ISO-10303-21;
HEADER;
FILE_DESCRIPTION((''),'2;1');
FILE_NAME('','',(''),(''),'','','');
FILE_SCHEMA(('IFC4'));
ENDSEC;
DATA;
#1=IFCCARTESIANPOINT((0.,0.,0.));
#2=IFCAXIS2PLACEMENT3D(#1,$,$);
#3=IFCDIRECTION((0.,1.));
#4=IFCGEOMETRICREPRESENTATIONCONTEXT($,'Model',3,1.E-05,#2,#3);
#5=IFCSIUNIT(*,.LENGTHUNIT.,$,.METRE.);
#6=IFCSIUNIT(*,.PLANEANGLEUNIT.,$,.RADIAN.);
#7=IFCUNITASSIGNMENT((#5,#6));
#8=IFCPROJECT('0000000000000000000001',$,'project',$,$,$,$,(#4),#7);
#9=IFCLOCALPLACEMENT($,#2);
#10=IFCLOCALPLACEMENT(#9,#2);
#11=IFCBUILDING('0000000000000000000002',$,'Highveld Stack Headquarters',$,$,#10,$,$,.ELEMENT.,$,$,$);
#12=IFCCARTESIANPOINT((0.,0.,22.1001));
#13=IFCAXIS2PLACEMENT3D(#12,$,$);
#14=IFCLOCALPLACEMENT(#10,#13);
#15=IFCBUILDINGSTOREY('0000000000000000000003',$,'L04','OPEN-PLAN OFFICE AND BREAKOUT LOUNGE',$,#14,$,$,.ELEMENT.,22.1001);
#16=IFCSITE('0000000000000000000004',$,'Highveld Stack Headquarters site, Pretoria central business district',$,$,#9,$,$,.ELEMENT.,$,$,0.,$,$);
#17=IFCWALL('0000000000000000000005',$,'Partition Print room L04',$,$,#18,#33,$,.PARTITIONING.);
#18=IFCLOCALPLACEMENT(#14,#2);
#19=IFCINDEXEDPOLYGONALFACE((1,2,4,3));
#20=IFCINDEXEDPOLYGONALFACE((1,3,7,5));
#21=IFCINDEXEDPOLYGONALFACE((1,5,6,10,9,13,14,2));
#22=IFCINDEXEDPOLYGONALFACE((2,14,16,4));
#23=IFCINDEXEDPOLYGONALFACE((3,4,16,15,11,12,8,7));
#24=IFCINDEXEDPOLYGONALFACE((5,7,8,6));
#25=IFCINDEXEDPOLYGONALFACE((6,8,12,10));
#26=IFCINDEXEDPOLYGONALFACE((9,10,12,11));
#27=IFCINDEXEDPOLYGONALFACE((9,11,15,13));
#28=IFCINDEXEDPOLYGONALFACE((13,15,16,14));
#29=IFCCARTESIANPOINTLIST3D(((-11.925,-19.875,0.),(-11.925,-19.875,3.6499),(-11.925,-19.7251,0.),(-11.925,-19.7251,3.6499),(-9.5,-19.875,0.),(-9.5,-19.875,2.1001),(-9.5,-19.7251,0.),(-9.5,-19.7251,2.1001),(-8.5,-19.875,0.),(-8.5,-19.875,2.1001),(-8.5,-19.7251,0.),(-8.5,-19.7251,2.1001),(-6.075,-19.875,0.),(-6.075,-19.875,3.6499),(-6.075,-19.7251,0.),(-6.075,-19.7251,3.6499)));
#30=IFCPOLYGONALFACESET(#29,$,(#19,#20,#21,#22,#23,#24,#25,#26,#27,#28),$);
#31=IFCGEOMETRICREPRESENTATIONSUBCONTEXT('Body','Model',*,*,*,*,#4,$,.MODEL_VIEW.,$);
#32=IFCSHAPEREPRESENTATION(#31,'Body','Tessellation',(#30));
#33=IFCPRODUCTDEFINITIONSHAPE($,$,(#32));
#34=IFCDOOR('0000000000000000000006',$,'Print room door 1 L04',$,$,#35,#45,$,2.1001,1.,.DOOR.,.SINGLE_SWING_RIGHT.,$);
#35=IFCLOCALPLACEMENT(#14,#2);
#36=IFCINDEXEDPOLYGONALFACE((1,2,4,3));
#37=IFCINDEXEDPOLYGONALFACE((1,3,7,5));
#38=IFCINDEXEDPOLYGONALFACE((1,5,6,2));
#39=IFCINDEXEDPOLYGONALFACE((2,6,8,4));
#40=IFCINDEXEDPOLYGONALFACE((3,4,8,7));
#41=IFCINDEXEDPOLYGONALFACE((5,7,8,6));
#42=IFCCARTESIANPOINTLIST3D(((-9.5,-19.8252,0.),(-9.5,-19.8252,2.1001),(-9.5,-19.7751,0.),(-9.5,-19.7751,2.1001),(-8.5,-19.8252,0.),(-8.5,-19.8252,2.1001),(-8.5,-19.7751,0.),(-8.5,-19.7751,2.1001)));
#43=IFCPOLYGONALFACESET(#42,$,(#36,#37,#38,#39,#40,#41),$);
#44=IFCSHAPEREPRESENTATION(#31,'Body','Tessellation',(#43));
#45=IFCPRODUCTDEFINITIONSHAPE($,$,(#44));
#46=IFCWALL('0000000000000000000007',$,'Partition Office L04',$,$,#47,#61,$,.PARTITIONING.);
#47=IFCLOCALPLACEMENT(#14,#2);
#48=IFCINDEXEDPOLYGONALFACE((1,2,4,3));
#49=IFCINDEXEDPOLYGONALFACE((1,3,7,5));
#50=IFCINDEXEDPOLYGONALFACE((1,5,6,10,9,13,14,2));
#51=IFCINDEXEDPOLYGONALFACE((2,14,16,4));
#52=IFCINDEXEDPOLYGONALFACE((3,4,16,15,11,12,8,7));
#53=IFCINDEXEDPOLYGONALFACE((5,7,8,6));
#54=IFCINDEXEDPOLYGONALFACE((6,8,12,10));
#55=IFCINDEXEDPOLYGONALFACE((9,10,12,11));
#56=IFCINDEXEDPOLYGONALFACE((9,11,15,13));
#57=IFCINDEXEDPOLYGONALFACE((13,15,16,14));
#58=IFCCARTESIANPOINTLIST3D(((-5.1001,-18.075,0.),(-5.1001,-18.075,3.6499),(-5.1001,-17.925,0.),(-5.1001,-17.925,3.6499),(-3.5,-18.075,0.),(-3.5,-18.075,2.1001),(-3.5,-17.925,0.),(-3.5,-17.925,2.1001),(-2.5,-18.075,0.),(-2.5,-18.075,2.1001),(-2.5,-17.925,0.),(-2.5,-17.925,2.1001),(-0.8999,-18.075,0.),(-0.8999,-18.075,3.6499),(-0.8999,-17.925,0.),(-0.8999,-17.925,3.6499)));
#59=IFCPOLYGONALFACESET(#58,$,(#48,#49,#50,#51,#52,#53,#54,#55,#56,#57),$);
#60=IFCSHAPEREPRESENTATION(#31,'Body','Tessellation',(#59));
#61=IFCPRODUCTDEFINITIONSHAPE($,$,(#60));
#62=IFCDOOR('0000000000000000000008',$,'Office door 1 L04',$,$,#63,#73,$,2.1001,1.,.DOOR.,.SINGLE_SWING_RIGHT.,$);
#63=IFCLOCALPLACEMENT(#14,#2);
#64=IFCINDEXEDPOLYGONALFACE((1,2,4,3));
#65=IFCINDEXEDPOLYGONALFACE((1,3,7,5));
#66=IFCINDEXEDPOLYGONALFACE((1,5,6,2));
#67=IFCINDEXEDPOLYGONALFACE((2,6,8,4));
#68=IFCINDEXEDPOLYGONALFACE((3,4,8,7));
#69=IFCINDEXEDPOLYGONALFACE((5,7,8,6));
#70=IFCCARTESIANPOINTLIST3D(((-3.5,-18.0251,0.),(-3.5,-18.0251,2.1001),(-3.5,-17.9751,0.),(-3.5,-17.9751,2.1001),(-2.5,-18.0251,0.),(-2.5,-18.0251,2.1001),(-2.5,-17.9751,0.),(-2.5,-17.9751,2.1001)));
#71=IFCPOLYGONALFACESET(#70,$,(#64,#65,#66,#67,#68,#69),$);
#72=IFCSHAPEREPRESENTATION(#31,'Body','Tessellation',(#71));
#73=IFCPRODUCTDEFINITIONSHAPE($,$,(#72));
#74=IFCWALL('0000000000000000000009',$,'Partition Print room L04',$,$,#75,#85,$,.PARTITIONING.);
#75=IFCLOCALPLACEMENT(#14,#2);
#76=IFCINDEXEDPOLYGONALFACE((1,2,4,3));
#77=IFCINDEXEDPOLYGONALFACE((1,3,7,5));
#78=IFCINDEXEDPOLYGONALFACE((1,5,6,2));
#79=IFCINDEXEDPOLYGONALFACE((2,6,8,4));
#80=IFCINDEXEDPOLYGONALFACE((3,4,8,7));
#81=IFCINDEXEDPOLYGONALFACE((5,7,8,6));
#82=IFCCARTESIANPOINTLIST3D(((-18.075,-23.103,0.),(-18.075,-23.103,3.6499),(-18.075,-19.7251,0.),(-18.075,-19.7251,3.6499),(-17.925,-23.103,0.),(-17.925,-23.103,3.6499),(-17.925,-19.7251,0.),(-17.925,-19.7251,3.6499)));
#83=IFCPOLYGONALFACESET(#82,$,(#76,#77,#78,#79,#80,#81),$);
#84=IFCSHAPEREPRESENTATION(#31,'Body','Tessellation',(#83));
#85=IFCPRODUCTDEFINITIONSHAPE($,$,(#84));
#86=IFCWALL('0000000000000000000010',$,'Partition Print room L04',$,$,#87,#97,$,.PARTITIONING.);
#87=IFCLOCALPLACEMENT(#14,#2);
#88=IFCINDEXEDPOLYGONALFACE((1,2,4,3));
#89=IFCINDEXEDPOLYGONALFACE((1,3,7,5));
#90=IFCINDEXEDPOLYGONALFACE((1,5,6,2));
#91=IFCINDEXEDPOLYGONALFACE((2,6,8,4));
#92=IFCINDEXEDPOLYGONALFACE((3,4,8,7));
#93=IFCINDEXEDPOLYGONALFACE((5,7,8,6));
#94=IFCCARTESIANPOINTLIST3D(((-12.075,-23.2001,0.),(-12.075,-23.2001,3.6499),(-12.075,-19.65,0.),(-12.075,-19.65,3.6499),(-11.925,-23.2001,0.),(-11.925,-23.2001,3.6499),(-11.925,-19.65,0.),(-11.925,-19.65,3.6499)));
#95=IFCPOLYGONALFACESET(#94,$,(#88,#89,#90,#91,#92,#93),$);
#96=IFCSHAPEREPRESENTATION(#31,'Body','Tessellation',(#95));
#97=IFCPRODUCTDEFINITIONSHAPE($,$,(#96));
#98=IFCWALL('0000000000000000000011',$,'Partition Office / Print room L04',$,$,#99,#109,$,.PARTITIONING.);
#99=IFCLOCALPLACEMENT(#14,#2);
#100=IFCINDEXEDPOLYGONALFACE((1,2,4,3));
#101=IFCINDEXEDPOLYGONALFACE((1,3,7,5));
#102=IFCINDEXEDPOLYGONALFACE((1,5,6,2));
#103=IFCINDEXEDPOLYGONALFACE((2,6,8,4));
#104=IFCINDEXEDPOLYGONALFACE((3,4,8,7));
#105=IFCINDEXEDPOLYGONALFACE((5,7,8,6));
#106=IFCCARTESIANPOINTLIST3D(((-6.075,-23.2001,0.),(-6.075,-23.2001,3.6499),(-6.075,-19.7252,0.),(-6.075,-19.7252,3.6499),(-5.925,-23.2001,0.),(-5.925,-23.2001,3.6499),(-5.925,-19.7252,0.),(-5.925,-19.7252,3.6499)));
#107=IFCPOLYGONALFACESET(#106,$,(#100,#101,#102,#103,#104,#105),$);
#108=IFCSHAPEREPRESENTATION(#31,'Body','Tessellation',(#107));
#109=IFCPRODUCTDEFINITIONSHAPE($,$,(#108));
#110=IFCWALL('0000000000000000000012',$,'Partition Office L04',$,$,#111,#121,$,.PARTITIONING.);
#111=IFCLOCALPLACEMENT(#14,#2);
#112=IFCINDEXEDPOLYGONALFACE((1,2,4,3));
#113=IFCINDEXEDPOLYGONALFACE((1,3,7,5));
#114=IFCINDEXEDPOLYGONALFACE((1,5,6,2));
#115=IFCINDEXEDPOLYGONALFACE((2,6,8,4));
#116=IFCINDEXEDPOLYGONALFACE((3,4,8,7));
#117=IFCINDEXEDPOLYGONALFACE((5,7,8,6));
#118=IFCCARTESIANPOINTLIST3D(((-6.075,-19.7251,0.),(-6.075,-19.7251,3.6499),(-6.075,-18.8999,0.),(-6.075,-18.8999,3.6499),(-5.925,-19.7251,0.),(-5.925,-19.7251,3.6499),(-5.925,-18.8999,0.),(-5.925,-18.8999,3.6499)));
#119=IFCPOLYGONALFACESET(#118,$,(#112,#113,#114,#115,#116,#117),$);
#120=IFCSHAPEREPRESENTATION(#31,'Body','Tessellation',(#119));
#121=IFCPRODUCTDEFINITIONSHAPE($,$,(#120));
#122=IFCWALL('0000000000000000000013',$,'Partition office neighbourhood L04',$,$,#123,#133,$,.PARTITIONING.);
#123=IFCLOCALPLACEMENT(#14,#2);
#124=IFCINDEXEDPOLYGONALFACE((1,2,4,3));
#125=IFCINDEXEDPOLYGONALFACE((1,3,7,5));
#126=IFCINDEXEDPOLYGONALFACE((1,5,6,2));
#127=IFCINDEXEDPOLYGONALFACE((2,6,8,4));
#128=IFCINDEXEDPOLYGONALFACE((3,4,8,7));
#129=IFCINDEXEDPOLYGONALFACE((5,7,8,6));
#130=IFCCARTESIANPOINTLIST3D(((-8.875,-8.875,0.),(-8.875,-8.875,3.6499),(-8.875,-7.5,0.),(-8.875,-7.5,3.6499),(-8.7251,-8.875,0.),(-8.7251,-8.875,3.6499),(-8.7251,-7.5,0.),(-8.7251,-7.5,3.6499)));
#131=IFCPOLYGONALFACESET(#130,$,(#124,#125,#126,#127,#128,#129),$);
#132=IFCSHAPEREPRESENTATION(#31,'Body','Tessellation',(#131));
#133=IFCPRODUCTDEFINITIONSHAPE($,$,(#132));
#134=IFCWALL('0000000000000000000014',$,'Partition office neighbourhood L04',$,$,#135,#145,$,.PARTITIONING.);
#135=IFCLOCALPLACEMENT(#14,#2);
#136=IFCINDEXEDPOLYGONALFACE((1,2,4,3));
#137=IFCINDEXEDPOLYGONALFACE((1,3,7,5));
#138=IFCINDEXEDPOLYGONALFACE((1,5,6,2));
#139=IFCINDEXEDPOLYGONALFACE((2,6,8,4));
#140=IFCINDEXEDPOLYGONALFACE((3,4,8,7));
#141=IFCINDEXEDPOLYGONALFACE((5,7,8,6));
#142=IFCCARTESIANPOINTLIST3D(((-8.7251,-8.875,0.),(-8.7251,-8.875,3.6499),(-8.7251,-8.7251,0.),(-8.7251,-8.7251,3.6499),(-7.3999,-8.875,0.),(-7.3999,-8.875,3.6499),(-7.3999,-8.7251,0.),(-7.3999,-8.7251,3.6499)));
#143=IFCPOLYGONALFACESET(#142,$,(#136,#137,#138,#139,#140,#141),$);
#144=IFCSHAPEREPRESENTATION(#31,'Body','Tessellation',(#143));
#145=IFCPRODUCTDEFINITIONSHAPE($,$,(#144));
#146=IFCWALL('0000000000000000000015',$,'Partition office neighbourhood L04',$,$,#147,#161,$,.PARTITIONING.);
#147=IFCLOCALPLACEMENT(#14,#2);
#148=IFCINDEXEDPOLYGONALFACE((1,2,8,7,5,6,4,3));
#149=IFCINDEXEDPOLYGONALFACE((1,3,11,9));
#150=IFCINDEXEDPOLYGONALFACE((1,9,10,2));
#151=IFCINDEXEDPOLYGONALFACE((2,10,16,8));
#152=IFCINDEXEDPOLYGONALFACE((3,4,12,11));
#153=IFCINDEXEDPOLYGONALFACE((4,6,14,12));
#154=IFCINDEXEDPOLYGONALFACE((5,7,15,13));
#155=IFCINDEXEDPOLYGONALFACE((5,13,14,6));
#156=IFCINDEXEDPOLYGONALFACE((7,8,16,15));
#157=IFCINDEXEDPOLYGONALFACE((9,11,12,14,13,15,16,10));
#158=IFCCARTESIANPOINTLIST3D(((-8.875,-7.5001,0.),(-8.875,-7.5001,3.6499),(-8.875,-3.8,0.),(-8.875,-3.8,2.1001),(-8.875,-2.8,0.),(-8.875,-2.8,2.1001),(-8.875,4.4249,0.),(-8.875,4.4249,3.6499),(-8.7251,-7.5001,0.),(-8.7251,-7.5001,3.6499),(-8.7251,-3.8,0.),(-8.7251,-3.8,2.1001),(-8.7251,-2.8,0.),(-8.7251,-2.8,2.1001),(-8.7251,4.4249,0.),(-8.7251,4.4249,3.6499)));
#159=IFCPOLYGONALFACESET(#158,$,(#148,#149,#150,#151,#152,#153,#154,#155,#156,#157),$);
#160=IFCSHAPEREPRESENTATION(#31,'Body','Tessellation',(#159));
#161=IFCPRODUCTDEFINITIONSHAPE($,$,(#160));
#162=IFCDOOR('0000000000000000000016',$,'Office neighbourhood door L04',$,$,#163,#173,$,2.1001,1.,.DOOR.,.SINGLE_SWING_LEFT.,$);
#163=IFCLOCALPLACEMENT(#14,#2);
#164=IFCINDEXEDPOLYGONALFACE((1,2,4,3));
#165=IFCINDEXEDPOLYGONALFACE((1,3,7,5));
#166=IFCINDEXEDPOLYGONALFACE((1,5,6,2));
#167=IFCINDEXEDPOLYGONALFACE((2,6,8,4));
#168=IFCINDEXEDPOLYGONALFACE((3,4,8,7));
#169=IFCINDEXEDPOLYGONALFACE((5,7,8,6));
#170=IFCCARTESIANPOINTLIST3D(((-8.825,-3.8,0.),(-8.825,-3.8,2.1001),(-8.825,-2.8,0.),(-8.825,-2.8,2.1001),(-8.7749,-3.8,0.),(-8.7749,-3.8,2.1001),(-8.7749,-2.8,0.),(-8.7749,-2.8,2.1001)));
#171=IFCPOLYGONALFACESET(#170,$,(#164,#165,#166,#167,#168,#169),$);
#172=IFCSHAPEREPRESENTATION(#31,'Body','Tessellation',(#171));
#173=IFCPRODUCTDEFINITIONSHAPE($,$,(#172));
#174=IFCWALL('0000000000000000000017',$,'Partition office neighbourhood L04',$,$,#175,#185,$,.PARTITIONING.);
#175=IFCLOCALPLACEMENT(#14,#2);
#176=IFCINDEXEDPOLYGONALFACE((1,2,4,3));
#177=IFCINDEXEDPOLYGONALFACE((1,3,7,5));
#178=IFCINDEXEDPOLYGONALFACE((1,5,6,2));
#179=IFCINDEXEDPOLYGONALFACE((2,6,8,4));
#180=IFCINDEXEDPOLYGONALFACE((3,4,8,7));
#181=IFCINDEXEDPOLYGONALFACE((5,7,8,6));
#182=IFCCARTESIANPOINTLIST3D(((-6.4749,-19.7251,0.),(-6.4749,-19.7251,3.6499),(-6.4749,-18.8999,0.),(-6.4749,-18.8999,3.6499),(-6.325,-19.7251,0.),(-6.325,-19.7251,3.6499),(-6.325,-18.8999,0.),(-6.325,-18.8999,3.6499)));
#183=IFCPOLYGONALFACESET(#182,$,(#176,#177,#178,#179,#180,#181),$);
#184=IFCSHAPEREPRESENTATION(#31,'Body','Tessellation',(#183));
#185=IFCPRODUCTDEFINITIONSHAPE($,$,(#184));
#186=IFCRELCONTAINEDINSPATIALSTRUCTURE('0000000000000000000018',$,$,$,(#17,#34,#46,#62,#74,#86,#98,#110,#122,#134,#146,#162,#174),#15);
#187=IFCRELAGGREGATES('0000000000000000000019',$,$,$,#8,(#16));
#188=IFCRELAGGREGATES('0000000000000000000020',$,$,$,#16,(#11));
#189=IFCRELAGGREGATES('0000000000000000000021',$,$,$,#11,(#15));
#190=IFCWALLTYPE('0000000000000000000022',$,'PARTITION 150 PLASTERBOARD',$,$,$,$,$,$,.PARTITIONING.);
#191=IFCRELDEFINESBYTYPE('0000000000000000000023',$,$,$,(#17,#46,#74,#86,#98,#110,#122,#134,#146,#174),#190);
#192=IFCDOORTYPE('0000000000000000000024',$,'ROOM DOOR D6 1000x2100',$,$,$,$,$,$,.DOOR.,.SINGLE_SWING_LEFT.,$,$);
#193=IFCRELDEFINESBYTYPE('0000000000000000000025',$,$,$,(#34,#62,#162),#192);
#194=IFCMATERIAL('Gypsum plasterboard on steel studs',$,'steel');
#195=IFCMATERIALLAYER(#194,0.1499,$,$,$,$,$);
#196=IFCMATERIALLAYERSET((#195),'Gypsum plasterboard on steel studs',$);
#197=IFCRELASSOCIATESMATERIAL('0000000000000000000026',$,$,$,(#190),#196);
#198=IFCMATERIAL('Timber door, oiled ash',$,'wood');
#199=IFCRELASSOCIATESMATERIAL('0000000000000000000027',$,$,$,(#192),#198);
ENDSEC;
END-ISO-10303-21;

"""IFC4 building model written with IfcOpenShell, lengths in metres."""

from ifc_helpers import new_model, si_unit, direction, frame, frame_2d, origin, place, context, subcontext, project, spatial, rectangle, extrude, material, layer, layer_set, type_object, element, fill, save


model = new_model("IFC4")

# Units and contexts
model_context = context("Model", 3, precision=1e-05, world=origin(), true_north=direction((0.0, 1.0)))
body_context = subcontext(model_context, "Body", "Model", "MODEL_VIEW")
ifc_project = project(units=[si_unit("LENGTHUNIT", "METRE"), si_unit("PLANEANGLEUNIT", "RADIAN")], contexts=[model_context])

# Site, building, storey
site_placement = place(None, origin())
site = spatial("IfcSite", under=ifc_project, at=site_placement, Name="Highveld Stack Headquarters site, Pretoria central business district", CompositionType="ELEMENT", RefElevation=0.0)
building_placement = place(site_placement, origin())
building = spatial("IfcBuilding", under=site, at=building_placement, Name="Highveld Stack Headquarters", CompositionType="ELEMENT")
storey_placement = place(building_placement, frame((0.0, 0.0, 22.1001)))
storey = spatial("IfcBuildingStorey", under=building, at=storey_placement, Name="L04", Description="OPEN-PLAN OFFICE AND BREAKOUT LOUNGE", CompositionType="ELEMENT", Elevation=22.1001)

# Walls, openings, doors
ifc_material_1 = material(Name="Gypsum plasterboard on steel studs", Category="steel")
ifc_layer_1 = layer(ifc_material_1, 0.1499)
ifc_layer_set_1 = layer_set([ifc_layer_1], Name="Gypsum plasterboard on steel studs")
wall_type_1 = type_object("IfcWallType", Name="PARTITION 150 PLASTERBOARD", PredefinedType="PARTITIONING", material=ifc_layer_set_1)
ifc_material_2 = material(Name="Timber door, oiled ash", Category="wood")
door_type_1 = type_object("IfcDoorType", Name="ROOM DOOR D6 1000x2100", OperationType="SINGLE_SWING_LEFT", PredefinedType="DOOR", material=ifc_material_2)
wall_1_placement = place(storey_placement, frame((-11.925, -19.8, 0.0), z_axis=(0.0, 0.0, 1.0), x_axis=(1.0, 0.0, 0.0)))
wall_1 = element("IfcWall", 1, at=wall_1_placement, inside=storey, type_object=wall_type_1, Name="Partition Print room L04", PredefinedType="PARTITIONING", context=body_context, shape_type="SweptSolid", body=[
    extrude(rectangle(XDim=5.8501, YDim=0.1499, at=frame_2d((2.925, 0.0))), origin(), (0.0, 0.0, 1.0), 3.6499),
])
opening_1_placement = place(wall_1_placement, frame((2.425, 0.0, 0.0)))
opening_1 = element("IfcOpeningElement", 2, at=opening_1_placement, cuts=wall_1, PredefinedType="OPENING", context=body_context, shape_type="SweptSolid", body=[
    extrude(rectangle(XDim=1.0, YDim=2.1001, at=frame_2d((0.5, 1.05))), frame((0.0, 0.085, 0.0), z_axis=(0.0, -1.0, 0.0), x_axis=(1.0, 0.0, 0.0)), (0.0, 0.0, 1.0), 0.1699),
])
door_1_placement = place(opening_1_placement, origin())
door_1 = element("IfcDoor", 3, at=door_1_placement, inside=storey, type_object=door_type_1, Name="Print room door 1 L04", OperationType="SINGLE_SWING_RIGHT", OverallHeight=2.1001, OverallWidth=1.0, PredefinedType="DOOR", context=body_context, shape_type="SweptSolid", body=[
    extrude(rectangle(XDim=1.0, YDim=2.1001, at=frame_2d((0.5, 1.05))), frame((0.0, 0.0249, 0.0), z_axis=(0.0, -1.0, 0.0), x_axis=(1.0, 0.0, 0.0)), (0.0, 0.0, 1.0), 0.05),
])
fill(opening_1, door_1)
wall_2_placement = place(storey_placement, frame((-5.1001, -18.0, 0.0), z_axis=(0.0, 0.0, 1.0), x_axis=(1.0, 0.0, 0.0)))
wall_2 = element("IfcWall", 4, at=wall_2_placement, inside=storey, type_object=wall_type_1, Name="Partition Office L04", PredefinedType="PARTITIONING", context=body_context, shape_type="SweptSolid", body=[
    extrude(rectangle(XDim=4.2002, YDim=0.1499, at=frame_2d((2.1001, 0.0))), origin(), (0.0, 0.0, 1.0), 3.6499),
])
opening_2_placement = place(wall_2_placement, frame((1.6001, 0.0, 0.0)))
opening_2 = element("IfcOpeningElement", 5, at=opening_2_placement, cuts=wall_2, PredefinedType="OPENING", context=body_context, shape_type="SweptSolid", body=[
    extrude(rectangle(XDim=1.0, YDim=2.1001, at=frame_2d((0.5, 1.05))), frame((0.0, 0.085, 0.0), z_axis=(0.0, -1.0, 0.0), x_axis=(1.0, 0.0, 0.0)), (0.0, 0.0, 1.0), 0.1699),
])
door_2_placement = place(opening_2_placement, origin())
door_2 = element("IfcDoor", 6, at=door_2_placement, inside=storey, type_object=door_type_1, Name="Office door 1 L04", OperationType="SINGLE_SWING_RIGHT", OverallHeight=2.1001, OverallWidth=1.0, PredefinedType="DOOR", context=body_context, shape_type="SweptSolid", body=[
    extrude(rectangle(XDim=1.0, YDim=2.1001, at=frame_2d((0.5, 1.05))), frame((0.0, 0.0249, 0.0), z_axis=(0.0, -1.0, 0.0), x_axis=(1.0, 0.0, 0.0)), (0.0, 0.0, 1.0), 0.05),
])
fill(opening_2, door_2)

# Walls
wall_3_placement = place(storey_placement, frame((-18.0, -23.103, 0.0), z_axis=(0.0, 0.0, 1.0), x_axis=(0.0, 1.0, 0.0)))
element("IfcWall", 7, at=wall_3_placement, inside=storey, type_object=wall_type_1, Name="Partition Print room L04", PredefinedType="PARTITIONING", context=body_context, shape_type="SweptSolid", body=[
    extrude(rectangle(XDim=3.3779, YDim=0.1499, at=frame_2d((1.689, 0.0))), origin(), (0.0, 0.0, 1.0), 3.6499),
])
wall_4_placement = place(storey_placement, frame((-12.0, -23.2, 0.0), z_axis=(0.0, 0.0, 1.0), x_axis=(0.0, 1.0, 0.0)))
element("IfcWall", 8, at=wall_4_placement, inside=storey, type_object=wall_type_1, Name="Partition Print room L04", PredefinedType="PARTITIONING", context=body_context, shape_type="SweptSolid", body=[
    extrude(rectangle(XDim=3.55, YDim=0.1499, at=frame_2d((1.7749, 0.0))), origin(), (0.0, 0.0, 1.0), 3.6499),
])
wall_5_placement = place(storey_placement, frame((-6.0, -23.2, 0.0), z_axis=(0.0, 0.0, 1.0), x_axis=(0.0, 1.0, 0.0)))
element("IfcWall", 9, at=wall_5_placement, inside=storey, type_object=wall_type_1, Name="Partition Office / Print room L04", PredefinedType="PARTITIONING", context=body_context, shape_type="SweptSolid", body=[
    extrude(rectangle(XDim=3.4749, YDim=0.1499, at=frame_2d((1.7373, 0.0))), origin(), (0.0, 0.0, 1.0), 3.6499),
])
wall_6_placement = place(storey_placement, frame((-6.0, -19.7251, 0.0), z_axis=(0.0, 0.0, 1.0), x_axis=(0.0, 1.0, 0.0)))
element("IfcWall", 10, at=wall_6_placement, inside=storey, type_object=wall_type_1, Name="Partition Office L04", PredefinedType="PARTITIONING", context=body_context, shape_type="SweptSolid", body=[
    extrude(rectangle(XDim=0.8252, YDim=0.1499, at=frame_2d((0.4126, 0.0))), origin(), (0.0, 0.0, 1.0), 3.6499),
])
wall_7_placement = place(storey_placement, frame((-8.8, -8.875, 0.0), z_axis=(0.0, 0.0, 1.0), x_axis=(0.0, 1.0, 0.0)))
element("IfcWall", 11, at=wall_7_placement, inside=storey, type_object=wall_type_1, Name="Partition office neighbourhood L04", PredefinedType="PARTITIONING", context=body_context, shape_type="SweptSolid", body=[
    extrude(rectangle(XDim=1.375, YDim=0.1499, at=frame_2d((0.6875, 0.0))), origin(), (0.0, 0.0, 1.0), 3.6499),
])
wall_8_placement = place(storey_placement, frame((-8.7251, -8.8, 0.0), z_axis=(0.0, 0.0, 1.0), x_axis=(1.0, 0.0, 0.0)))
element("IfcWall", 12, at=wall_8_placement, inside=storey, type_object=wall_type_1, Name="Partition office neighbourhood L04", PredefinedType="PARTITIONING", context=body_context, shape_type="SweptSolid", body=[
    extrude(rectangle(XDim=1.3252, YDim=0.1499, at=frame_2d((0.6626, 0.0))), origin(), (0.0, 0.0, 1.0), 3.6499),
])

# Wall, opening, door
wall_9_placement = place(storey_placement, frame((-8.8, -7.5, 0.0), z_axis=(0.0, 0.0, 1.0), x_axis=(0.0, 1.0, 0.0)))
wall_9 = element("IfcWall", 13, at=wall_9_placement, inside=storey, type_object=wall_type_1, Name="Partition office neighbourhood L04", PredefinedType="PARTITIONING", context=body_context, shape_type="SweptSolid", body=[
    extrude(rectangle(XDim=11.925, YDim=0.1499, at=frame_2d((5.9624, 0.0))), origin(), (0.0, 0.0, 1.0), 3.6499),
])
opening_3_placement = place(wall_9_placement, frame((3.7, 0.0, 0.0)))
opening_3 = element("IfcOpeningElement", 14, at=opening_3_placement, cuts=wall_9, PredefinedType="OPENING", context=body_context, shape_type="SweptSolid", body=[
    extrude(rectangle(XDim=1.0, YDim=2.1001, at=frame_2d((0.5, 1.05))), frame((0.0, 0.085, 0.0), z_axis=(0.0, -1.0, 0.0), x_axis=(1.0, 0.0, 0.0)), (0.0, 0.0, 1.0), 0.1699),
])
door_3_placement = place(opening_3_placement, origin())
door_3 = element("IfcDoor", 15, at=door_3_placement, inside=storey, type_object=door_type_1, Name="Office neighbourhood door L04", OperationType="SINGLE_SWING_LEFT", OverallHeight=2.1001, OverallWidth=1.0, PredefinedType="DOOR", context=body_context, shape_type="SweptSolid", body=[
    extrude(rectangle(XDim=1.0, YDim=2.1001, at=frame_2d((0.5, 1.05))), frame((0.0, 0.0249, 0.0), z_axis=(0.0, -1.0, 0.0), x_axis=(1.0, 0.0, 0.0)), (0.0, 0.0, 1.0), 0.05),
])
fill(opening_3, door_3)

# Wall
wall_10_placement = place(storey_placement, frame((-6.3999, -19.7251, 0.0), z_axis=(0.0, 0.0, 1.0), x_axis=(0.0, 1.0, 0.0)))
element("IfcWall", 16, at=wall_10_placement, inside=storey, type_object=wall_type_1, Name="Partition office neighbourhood L04", PredefinedType="PARTITIONING", context=body_context, shape_type="SweptSolid", body=[
    extrude(rectangle(XDim=0.8252, YDim=0.1499, at=frame_2d((0.4126, 0.0))), origin(), (0.0, 0.0, 1.0), 3.6499),
])

save(model, "model.ifc")
